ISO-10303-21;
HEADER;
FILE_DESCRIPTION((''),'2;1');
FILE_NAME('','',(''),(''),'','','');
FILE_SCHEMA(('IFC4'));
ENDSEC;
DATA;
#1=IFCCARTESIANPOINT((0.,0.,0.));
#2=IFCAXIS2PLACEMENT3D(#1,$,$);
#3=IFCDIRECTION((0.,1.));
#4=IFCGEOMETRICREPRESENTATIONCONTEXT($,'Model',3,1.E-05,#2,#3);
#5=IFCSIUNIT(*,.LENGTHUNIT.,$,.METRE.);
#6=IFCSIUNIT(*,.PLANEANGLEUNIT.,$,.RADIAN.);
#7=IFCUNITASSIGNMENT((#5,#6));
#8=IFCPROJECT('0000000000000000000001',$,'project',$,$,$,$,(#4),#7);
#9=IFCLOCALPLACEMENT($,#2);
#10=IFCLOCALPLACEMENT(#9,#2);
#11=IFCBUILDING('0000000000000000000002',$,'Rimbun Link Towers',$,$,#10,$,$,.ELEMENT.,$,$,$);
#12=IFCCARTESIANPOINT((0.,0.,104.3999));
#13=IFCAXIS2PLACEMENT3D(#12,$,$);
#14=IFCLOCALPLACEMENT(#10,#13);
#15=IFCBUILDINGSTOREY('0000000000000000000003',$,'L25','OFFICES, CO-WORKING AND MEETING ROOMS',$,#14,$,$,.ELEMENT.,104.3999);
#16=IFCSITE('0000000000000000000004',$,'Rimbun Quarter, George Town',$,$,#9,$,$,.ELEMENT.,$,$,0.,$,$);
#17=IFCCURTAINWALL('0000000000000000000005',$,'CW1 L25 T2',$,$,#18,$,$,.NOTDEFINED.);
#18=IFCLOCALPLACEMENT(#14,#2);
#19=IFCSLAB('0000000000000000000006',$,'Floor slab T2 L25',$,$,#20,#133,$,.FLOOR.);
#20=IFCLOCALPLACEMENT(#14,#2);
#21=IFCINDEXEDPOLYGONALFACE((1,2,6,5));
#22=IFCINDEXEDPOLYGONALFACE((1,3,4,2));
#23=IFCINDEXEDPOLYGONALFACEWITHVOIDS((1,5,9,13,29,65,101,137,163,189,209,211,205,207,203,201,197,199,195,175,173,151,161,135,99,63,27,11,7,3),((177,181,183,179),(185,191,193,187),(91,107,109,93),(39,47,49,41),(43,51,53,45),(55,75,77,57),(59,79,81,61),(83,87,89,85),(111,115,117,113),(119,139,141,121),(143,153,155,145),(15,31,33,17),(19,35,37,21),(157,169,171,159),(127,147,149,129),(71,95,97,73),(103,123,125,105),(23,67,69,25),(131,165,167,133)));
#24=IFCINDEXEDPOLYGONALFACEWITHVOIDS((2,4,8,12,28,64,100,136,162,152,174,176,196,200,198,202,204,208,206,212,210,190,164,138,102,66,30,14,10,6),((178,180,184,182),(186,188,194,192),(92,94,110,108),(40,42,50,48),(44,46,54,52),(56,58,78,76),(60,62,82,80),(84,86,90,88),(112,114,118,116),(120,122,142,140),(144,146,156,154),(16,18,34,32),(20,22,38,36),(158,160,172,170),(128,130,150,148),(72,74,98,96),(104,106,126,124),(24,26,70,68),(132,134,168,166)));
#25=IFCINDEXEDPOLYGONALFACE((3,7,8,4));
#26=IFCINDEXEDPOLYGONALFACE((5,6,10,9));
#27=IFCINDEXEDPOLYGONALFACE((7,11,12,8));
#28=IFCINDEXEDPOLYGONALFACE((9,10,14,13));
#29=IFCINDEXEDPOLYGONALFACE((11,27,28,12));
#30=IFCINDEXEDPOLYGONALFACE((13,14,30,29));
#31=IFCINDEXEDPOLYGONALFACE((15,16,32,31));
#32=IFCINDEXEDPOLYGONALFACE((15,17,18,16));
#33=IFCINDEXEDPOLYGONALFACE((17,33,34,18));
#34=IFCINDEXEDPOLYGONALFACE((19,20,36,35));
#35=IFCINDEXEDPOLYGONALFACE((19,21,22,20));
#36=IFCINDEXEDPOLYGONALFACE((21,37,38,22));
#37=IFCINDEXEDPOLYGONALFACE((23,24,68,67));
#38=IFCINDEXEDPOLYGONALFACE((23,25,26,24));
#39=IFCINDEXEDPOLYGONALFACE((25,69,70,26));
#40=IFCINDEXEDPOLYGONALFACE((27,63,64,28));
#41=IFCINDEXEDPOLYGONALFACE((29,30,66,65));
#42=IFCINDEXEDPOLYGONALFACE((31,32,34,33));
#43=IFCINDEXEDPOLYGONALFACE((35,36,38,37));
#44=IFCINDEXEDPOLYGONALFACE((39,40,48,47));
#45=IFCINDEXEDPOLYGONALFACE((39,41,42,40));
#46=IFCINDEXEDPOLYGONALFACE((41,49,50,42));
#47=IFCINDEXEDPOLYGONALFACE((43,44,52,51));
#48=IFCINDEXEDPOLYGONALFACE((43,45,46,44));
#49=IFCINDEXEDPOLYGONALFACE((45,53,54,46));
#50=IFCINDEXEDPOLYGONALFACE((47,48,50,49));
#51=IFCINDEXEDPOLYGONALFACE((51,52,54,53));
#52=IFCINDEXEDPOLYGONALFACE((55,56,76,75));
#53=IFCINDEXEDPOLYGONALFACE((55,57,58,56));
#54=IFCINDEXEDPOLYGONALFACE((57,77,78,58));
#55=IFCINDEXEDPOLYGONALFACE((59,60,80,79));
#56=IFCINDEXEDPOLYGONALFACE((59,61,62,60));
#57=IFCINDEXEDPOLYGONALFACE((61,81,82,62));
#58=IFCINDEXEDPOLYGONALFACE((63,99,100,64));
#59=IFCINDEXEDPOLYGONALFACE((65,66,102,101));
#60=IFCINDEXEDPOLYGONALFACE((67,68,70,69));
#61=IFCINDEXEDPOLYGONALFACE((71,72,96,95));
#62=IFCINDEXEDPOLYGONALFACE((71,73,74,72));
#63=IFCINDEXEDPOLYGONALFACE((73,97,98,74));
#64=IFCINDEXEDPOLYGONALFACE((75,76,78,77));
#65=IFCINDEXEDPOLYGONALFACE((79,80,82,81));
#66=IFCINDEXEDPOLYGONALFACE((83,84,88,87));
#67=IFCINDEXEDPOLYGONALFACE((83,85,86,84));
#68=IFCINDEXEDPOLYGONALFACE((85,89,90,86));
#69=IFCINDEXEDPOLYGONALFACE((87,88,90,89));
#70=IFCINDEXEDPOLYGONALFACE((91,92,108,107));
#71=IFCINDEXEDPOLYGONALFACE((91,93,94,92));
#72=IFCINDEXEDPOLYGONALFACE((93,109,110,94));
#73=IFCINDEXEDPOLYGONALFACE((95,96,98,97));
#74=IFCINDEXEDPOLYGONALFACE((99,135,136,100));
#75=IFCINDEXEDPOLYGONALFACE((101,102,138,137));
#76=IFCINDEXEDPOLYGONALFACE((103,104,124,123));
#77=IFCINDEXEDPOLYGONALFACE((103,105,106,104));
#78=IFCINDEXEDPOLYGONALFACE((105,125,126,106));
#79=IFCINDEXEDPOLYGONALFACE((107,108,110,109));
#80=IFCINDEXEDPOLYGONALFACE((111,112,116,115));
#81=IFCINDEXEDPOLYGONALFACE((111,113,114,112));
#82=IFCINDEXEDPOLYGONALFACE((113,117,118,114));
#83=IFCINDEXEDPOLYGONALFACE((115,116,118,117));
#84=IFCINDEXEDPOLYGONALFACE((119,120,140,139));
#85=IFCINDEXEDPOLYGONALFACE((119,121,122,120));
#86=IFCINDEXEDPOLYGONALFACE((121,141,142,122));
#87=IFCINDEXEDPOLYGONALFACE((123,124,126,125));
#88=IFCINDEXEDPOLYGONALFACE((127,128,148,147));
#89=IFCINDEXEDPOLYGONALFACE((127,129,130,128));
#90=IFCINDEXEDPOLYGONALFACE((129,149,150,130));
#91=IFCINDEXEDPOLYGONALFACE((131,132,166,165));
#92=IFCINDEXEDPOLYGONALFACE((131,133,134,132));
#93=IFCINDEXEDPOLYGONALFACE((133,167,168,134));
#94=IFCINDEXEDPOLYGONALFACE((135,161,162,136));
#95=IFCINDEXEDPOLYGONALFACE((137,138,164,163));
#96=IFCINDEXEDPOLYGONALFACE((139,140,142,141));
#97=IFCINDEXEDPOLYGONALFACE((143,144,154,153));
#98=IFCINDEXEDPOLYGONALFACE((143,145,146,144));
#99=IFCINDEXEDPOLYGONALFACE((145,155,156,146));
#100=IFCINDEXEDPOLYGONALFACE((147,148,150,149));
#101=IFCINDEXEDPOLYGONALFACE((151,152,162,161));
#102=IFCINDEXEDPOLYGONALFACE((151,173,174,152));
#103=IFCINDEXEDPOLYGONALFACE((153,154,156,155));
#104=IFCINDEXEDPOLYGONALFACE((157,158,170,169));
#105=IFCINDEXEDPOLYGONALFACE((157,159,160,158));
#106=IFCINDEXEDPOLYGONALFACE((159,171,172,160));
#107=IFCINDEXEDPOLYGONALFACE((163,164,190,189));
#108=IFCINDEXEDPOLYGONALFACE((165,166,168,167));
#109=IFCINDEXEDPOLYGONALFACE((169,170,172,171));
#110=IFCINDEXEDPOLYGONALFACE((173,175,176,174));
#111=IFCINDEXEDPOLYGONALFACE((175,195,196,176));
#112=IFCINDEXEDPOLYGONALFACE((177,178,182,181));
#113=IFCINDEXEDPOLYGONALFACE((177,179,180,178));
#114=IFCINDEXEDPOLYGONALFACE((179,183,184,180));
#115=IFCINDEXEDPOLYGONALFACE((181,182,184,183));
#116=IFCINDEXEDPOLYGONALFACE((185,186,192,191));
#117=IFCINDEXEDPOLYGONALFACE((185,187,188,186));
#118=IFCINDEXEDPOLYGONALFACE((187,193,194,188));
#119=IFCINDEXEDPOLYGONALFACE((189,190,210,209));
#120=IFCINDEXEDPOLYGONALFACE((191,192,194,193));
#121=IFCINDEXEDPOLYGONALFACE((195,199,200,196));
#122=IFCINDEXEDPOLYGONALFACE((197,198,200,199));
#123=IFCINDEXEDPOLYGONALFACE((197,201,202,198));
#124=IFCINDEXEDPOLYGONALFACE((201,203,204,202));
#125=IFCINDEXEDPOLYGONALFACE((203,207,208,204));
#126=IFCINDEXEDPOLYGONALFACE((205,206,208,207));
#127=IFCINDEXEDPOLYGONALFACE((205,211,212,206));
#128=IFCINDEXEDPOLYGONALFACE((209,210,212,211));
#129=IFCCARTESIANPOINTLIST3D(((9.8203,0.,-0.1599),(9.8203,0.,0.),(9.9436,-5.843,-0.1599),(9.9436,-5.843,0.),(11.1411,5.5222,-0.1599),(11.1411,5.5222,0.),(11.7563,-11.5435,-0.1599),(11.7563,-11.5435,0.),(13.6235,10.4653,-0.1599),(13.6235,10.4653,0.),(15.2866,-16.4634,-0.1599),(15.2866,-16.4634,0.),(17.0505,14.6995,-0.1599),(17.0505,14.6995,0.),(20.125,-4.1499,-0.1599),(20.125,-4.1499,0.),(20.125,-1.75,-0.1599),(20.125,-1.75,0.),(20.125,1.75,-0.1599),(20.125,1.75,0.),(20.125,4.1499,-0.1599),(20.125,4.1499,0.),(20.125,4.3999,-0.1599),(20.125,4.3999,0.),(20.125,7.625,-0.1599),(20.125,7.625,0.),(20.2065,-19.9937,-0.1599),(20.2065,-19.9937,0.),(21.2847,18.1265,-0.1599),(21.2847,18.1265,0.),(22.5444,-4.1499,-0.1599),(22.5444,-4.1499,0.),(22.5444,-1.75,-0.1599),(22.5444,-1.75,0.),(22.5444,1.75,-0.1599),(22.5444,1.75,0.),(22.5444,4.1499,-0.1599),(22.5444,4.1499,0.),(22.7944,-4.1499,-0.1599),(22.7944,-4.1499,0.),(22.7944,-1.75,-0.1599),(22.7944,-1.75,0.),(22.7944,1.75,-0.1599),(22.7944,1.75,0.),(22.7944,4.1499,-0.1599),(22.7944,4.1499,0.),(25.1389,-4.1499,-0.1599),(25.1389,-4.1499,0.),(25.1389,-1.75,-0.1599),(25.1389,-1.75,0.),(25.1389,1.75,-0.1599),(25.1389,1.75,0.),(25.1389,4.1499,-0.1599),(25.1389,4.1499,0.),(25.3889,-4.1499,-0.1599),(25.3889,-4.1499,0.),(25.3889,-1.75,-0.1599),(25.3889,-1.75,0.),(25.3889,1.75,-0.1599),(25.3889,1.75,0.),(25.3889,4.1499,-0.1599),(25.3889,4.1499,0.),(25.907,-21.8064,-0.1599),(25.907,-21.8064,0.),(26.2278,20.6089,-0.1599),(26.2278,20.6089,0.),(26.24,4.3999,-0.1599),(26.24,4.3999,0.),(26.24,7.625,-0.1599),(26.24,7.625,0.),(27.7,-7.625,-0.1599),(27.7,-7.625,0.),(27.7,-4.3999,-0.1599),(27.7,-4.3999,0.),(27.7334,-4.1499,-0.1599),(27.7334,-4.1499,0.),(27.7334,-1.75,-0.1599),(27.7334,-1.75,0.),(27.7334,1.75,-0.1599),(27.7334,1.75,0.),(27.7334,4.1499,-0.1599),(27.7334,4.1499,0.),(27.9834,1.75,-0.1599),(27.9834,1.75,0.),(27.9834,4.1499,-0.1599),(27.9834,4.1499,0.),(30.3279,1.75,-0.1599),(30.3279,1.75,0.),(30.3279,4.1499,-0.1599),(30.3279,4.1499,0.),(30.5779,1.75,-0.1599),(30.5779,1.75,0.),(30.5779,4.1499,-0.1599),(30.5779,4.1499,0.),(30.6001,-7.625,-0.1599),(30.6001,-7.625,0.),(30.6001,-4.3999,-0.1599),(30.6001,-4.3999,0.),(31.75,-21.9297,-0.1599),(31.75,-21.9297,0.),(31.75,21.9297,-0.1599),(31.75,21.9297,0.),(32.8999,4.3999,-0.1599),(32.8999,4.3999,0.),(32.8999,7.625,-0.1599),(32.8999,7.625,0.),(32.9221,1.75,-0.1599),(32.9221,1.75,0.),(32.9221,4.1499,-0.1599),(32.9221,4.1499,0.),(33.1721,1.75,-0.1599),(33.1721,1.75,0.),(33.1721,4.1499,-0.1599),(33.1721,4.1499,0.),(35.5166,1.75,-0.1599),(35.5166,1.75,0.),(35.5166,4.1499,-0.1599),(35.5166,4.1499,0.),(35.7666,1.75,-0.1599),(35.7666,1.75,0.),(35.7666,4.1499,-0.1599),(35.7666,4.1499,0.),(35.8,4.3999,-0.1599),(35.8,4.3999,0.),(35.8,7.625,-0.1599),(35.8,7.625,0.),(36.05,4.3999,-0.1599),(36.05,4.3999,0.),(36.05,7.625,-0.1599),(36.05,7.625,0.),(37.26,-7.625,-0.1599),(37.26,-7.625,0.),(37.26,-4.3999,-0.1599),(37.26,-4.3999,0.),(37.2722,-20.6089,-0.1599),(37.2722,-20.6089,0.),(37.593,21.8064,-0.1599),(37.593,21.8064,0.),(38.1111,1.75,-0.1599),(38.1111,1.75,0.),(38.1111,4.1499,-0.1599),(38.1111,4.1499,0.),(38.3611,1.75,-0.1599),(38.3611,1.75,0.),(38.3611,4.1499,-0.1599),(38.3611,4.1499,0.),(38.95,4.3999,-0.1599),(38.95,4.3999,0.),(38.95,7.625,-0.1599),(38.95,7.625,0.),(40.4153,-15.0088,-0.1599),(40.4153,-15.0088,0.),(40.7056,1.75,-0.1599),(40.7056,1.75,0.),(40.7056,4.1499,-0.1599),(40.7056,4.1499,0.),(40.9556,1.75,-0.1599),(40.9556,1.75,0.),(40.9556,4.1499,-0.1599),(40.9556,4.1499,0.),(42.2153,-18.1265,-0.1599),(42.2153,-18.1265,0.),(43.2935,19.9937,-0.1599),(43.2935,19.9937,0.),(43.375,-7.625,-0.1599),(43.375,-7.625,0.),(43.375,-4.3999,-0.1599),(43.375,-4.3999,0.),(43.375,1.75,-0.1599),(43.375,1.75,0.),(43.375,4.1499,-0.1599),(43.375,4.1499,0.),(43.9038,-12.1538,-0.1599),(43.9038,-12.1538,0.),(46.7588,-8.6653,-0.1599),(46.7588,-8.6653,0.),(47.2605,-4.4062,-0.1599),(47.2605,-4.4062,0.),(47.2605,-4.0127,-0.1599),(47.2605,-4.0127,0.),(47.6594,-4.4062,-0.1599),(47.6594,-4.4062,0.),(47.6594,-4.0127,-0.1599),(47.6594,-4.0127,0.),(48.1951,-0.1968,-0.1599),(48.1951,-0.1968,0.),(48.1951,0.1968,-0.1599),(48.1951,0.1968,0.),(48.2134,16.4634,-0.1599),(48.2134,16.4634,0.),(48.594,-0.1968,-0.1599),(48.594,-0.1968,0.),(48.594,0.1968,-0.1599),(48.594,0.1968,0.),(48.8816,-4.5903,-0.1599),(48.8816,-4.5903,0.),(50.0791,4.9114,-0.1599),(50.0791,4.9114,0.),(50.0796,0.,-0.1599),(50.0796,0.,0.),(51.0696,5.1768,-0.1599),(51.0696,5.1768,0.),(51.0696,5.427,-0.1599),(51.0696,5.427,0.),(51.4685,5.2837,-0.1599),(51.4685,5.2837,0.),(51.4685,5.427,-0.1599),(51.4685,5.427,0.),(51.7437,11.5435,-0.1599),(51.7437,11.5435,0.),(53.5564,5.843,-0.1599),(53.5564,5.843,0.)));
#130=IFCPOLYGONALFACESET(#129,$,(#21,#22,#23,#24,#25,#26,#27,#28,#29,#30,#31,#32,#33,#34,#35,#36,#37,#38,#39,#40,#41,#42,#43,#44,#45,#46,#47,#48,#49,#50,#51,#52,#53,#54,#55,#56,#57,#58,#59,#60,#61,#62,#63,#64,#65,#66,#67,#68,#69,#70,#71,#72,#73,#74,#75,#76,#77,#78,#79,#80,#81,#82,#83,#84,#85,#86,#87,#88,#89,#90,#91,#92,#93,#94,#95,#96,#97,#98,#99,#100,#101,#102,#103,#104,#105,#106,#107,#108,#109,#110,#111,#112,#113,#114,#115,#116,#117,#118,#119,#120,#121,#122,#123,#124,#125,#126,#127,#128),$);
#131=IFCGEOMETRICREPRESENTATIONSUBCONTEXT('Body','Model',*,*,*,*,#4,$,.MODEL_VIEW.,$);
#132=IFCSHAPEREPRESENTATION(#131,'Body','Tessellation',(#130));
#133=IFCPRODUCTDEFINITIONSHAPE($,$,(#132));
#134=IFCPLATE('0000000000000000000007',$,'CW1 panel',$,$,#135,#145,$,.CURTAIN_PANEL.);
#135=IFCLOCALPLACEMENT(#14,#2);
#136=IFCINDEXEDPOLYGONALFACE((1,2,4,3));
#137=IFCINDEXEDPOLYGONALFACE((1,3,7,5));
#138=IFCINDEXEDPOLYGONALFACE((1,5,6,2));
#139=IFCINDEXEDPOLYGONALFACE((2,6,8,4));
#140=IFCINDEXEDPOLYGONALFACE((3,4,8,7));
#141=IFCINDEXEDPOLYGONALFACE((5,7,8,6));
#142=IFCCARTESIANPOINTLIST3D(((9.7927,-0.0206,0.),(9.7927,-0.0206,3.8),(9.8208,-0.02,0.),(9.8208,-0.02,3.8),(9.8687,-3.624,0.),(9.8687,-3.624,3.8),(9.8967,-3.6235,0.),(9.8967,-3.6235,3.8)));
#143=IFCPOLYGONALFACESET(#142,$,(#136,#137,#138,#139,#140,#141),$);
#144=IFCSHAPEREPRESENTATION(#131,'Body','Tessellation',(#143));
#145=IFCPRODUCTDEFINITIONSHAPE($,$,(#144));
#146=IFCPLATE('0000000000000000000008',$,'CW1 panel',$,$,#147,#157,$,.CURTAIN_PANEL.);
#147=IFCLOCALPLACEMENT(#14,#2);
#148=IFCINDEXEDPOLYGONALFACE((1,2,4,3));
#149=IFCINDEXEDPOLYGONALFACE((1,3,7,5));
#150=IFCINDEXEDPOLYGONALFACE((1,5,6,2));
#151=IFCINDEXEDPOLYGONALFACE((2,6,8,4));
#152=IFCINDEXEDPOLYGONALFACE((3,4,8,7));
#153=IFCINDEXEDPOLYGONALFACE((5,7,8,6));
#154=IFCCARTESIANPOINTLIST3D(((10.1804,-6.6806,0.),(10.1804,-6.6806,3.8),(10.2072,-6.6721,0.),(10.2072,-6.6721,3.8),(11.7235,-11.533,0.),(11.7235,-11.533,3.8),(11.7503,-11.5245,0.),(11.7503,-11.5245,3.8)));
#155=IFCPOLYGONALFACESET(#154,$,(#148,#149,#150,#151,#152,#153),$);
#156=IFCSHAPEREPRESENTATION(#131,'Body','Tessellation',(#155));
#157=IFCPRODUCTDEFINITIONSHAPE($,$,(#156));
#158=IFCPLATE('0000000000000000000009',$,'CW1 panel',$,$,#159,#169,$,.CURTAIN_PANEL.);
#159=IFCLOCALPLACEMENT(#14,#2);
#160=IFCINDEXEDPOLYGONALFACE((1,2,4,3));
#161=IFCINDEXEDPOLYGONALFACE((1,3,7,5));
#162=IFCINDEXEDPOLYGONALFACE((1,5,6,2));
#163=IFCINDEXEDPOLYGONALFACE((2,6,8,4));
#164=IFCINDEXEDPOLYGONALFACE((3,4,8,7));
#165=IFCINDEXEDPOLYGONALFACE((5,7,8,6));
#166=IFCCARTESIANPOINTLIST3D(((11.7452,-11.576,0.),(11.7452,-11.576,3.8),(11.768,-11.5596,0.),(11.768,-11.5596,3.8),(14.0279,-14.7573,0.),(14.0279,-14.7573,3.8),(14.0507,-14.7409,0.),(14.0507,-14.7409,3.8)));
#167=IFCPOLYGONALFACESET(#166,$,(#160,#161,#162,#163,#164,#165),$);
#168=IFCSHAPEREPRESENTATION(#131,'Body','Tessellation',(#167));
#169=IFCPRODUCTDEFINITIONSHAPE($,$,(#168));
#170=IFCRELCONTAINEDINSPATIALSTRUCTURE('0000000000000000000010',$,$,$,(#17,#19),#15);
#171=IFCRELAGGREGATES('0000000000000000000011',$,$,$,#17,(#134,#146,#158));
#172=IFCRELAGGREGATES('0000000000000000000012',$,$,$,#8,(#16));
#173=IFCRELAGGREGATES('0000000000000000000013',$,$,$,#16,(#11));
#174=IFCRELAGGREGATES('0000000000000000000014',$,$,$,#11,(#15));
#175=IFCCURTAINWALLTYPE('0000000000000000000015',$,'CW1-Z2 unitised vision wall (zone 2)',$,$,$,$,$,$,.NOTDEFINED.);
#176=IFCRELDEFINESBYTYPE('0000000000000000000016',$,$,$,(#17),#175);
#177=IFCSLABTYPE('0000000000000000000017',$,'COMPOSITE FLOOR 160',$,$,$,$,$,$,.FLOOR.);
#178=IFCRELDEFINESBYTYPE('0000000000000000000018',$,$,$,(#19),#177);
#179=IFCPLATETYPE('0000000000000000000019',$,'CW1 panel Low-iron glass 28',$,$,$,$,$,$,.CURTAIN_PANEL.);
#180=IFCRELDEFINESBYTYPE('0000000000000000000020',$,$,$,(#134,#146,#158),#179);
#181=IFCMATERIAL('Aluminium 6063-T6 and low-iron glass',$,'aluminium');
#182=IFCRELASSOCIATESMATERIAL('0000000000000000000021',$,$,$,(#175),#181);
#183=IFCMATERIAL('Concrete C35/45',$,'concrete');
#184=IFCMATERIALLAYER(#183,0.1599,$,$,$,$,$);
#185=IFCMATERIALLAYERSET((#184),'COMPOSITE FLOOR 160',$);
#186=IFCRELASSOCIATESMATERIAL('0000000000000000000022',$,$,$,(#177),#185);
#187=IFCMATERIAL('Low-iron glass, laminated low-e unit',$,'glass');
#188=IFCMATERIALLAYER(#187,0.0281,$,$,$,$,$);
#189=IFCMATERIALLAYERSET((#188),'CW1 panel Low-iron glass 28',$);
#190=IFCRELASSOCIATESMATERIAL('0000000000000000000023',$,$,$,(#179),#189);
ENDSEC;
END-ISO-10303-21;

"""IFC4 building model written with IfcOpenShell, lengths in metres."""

from ifc_helpers import new_model, si_unit, direction, frame, origin, origin_2d, place, context, subcontext, project, spatial, polyline, rectangle, outline, extrude, material, layer, layer_set, type_object, element, aggregate, save


model = new_model("IFC4")

# Units and contexts
model_context = context("Model", 3, precision=1e-05, world=origin(), true_north=direction((0.0, 1.0)))
body_context = subcontext(model_context, "Body", "Model", "MODEL_VIEW")
ifc_project = project(units=[si_unit("LENGTHUNIT", "METRE"), si_unit("PLANEANGLEUNIT", "RADIAN")], contexts=[model_context])

# Site, building, storey
site_placement = place(None, origin())
site = spatial("IfcSite", under=ifc_project, at=site_placement, Name="Rimbun Quarter, George Town", CompositionType="ELEMENT", RefElevation=0.0)
building_placement = place(site_placement, origin())
building = spatial("IfcBuilding", under=site, at=building_placement, Name="Rimbun Link Towers", CompositionType="ELEMENT")
storey_placement = place(building_placement, frame((0.0, 0.0, 104.3999)))
storey = spatial("IfcBuildingStorey", under=building, at=storey_placement, Name="L25", Description="OFFICES, CO-WORKING AND MEETING ROOMS", CompositionType="ELEMENT", Elevation=104.3999)

# Curtain wall
ifc_material_1 = material(Name="Aluminium 6063-T6 and low-iron glass", Category="aluminium")
curtain_wall_type = type_object("IfcCurtainWallType", Name="CW1-Z2 unitised vision wall (zone 2)", PredefinedType="NOTDEFINED", material=ifc_material_1)
curtain_wall_placement = place(storey_placement, origin())
curtain_wall = element("IfcCurtainWall", 1, at=curtain_wall_placement, inside=storey, type_object=curtain_wall_type, Name="CW1 L25 T2", PredefinedType="NOTDEFINED")

# Slab
ifc_material_2 = material(Name="Concrete C35/45", Category="concrete")
ifc_layer_1 = layer(ifc_material_2, 0.1599)
ifc_layer_set_1 = layer_set([ifc_layer_1], Name="COMPOSITE FLOOR 160")
slab_type_1 = type_object("IfcSlabType", Name="COMPOSITE FLOOR 160", PredefinedType="FLOOR", material=ifc_layer_set_1)
slab_1_placement = place(storey_placement, frame((0.0, 0.0, -0.1599)))
element("IfcSlab", 2, at=slab_1_placement, inside=storey, type_object=slab_type_1, Name="Floor slab T2 L25", PredefinedType="FLOOR", context=body_context, shape_type="SweptSolid", body=[
    extrude(outline(polyline([(50.0791, 4.9114), (50.0796, 0.0), (48.8816, -4.5903), (46.7588, -8.6653), (43.9038, -12.1538), (40.4153, -15.0088), (42.2153, -18.1265), (37.2722, -20.6089), (31.75, -21.9297), (25.907, -21.8064), (20.2065, -19.9937), (15.2866, -16.4634), (11.7563, -11.5435), (9.9436, -5.843), (9.8203, 0.0), (11.1411, 5.5222), (13.6235, 10.4653), (17.0505, 14.6995), (21.2847, 18.1265), (26.2278, 20.6089), (31.75, 21.9297), (37.593, 21.8064), (43.2935, 19.9937), (48.2134, 16.4634), (51.7437, 11.5435), (53.5564, 5.843), (51.4685, 5.2837), (51.4685, 5.427), (51.0696, 5.427), (51.0696, 5.1768), (50.0791, 4.9114)]), holes=[polyline([(30.6001, -7.625), (30.6001, -4.3999), (27.7, -4.3999), (27.7, -7.625), (30.6001, -7.625)]), polyline([(22.5444, -4.1499), (22.5444, -1.75), (20.125, -1.75), (20.125, -4.1499), (22.5444, -4.1499)]), polyline([(25.1389, -4.1499), (25.1389, -1.75), (22.7944, -1.75), (22.7944, -4.1499), (25.1389, -4.1499)]), polyline([(25.3889, -4.1499), (27.7334, -4.1499), (27.7334, -1.75), (25.3889, -1.75), (25.3889, -4.1499)]), polyline([(20.125, 1.75), (22.5444, 1.75), (22.5444, 4.1499), (20.125, 4.1499), (20.125, 1.75)]), polyline([(25.1389, 1.75), (25.1389, 4.1499), (22.7944, 4.1499), (22.7944, 1.75), (25.1389, 1.75)]), polyline([(27.7334, 1.75), (27.7334, 4.1499), (25.3889, 4.1499), (25.3889, 1.75), (27.7334, 1.75)]), polyline([(30.3279, 1.75), (30.3279, 4.1499), (27.9834, 4.1499), (27.9834, 1.75), (30.3279, 1.75)]), polyline([(30.5779, 1.75), (32.9221, 1.75), (32.9221, 4.1499), (30.5779, 4.1499), (30.5779, 1.75)]), polyline([(20.125, 4.3999), (26.24, 4.3999), (26.24, 7.625), (20.125, 7.625), (20.125, 4.3999)]), polyline([(43.375, -7.625), (43.375, -4.3999), (37.26, -4.3999), (37.26, -7.625), (43.375, -7.625)]), polyline([(47.6594, -4.4062), (47.6594, -4.0127), (47.2605, -4.0127), (47.2605, -4.4062), (47.6594, -4.4062)]), polyline([(48.594, -0.1968), (48.594, 0.1968), (48.1951, 0.1968), (48.1951, -0.1968), (48.594, -0.1968)]), polyline([(33.1721, 1.75), (35.5166, 1.75), (35.5166, 4.1499), (33.1721, 4.1499), (33.1721, 1.75)]), polyline([(35.7666, 1.75), (38.1111, 1.75), (38.1111, 4.1499), (35.7666, 4.1499), (35.7666, 1.75)]), polyline([(40.7056, 1.75), (40.7056, 4.1499), (38.3611, 4.1499), (38.3611, 1.75), (40.7056, 1.75)]), polyline([(43.375, 1.75), (43.375, 4.1499), (40.9556, 4.1499), (40.9556, 1.75), (43.375, 1.75)]), polyline([(32.8999, 4.3999), (35.8, 4.3999), (35.8, 7.625), (32.8999, 7.625), (32.8999, 4.3999)]), polyline([(36.05, 4.3999), (38.95, 4.3999), (38.95, 7.625), (36.05, 7.625), (36.05, 4.3999)])]), origin(), (0.0, 0.0, 1.0), 0.1599),
])

# Plates
ifc_material_3 = material(Name="Low-iron glass, laminated low-e unit", Category="glass")
ifc_layer_2 = layer(ifc_material_3, 0.0281)
ifc_layer_set_2 = layer_set([ifc_layer_2], Name="CW1 panel Low-iron glass 28")
plate_type = type_object("IfcPlateType", Name="CW1 panel Low-iron glass 28", PredefinedType="CURTAIN_PANEL", material=ifc_layer_set_2)
plate_1_placement = place(storey_placement, frame((9.8447, -1.822, 0.0), z_axis=(0.0, 0.0, 1.0), x_axis=(-0.021063, 0.999778, 0.0)))
plate_1 = element("IfcPlate", 3, at=plate_1_placement, type_object=plate_type, Name="CW1 panel", PredefinedType="CURTAIN_PANEL", context=body_context, shape_type="SweptSolid", body=[
    extrude(rectangle(XDim=3.6042, YDim=0.0281, at=origin_2d()), origin(), (0.0, 0.0, 1.0), 3.8),
])
plate_2_placement = place(storey_placement, frame((10.9653, -9.1025, 0.0), z_axis=(0.0, 0.0, 1.0), x_axis=(-0.303057, 0.952972, 0.0)))
plate_2 = element("IfcPlate", 4, at=plate_2_placement, type_object=plate_type, Name="CW1 panel", PredefinedType="CURTAIN_PANEL", context=body_context, shape_type="SweptSolid", body=[
    extrude(rectangle(XDim=5.0918, YDim=0.0281, at=origin_2d()), origin(), (0.0, 0.0, 1.0), 3.8),
])
plate_3_placement = place(storey_placement, frame((12.8979, -13.1584, 0.0), z_axis=(0.0, 0.0, 1.0), x_axis=(-0.583007, 0.812467, 0.0)))
plate_3 = element("IfcPlate", 5, at=plate_3_placement, type_object=plate_type, Name="CW1 panel", PredefinedType="CURTAIN_PANEL", context=body_context, shape_type="SweptSolid", body=[
    extrude(rectangle(XDim=3.9155, YDim=0.0281, at=origin_2d()), origin(), (0.0, 0.0, 1.0), 3.8),
])
aggregate(curtain_wall, [plate_1, plate_2, plate_3])

save(model, "model.ifc")
